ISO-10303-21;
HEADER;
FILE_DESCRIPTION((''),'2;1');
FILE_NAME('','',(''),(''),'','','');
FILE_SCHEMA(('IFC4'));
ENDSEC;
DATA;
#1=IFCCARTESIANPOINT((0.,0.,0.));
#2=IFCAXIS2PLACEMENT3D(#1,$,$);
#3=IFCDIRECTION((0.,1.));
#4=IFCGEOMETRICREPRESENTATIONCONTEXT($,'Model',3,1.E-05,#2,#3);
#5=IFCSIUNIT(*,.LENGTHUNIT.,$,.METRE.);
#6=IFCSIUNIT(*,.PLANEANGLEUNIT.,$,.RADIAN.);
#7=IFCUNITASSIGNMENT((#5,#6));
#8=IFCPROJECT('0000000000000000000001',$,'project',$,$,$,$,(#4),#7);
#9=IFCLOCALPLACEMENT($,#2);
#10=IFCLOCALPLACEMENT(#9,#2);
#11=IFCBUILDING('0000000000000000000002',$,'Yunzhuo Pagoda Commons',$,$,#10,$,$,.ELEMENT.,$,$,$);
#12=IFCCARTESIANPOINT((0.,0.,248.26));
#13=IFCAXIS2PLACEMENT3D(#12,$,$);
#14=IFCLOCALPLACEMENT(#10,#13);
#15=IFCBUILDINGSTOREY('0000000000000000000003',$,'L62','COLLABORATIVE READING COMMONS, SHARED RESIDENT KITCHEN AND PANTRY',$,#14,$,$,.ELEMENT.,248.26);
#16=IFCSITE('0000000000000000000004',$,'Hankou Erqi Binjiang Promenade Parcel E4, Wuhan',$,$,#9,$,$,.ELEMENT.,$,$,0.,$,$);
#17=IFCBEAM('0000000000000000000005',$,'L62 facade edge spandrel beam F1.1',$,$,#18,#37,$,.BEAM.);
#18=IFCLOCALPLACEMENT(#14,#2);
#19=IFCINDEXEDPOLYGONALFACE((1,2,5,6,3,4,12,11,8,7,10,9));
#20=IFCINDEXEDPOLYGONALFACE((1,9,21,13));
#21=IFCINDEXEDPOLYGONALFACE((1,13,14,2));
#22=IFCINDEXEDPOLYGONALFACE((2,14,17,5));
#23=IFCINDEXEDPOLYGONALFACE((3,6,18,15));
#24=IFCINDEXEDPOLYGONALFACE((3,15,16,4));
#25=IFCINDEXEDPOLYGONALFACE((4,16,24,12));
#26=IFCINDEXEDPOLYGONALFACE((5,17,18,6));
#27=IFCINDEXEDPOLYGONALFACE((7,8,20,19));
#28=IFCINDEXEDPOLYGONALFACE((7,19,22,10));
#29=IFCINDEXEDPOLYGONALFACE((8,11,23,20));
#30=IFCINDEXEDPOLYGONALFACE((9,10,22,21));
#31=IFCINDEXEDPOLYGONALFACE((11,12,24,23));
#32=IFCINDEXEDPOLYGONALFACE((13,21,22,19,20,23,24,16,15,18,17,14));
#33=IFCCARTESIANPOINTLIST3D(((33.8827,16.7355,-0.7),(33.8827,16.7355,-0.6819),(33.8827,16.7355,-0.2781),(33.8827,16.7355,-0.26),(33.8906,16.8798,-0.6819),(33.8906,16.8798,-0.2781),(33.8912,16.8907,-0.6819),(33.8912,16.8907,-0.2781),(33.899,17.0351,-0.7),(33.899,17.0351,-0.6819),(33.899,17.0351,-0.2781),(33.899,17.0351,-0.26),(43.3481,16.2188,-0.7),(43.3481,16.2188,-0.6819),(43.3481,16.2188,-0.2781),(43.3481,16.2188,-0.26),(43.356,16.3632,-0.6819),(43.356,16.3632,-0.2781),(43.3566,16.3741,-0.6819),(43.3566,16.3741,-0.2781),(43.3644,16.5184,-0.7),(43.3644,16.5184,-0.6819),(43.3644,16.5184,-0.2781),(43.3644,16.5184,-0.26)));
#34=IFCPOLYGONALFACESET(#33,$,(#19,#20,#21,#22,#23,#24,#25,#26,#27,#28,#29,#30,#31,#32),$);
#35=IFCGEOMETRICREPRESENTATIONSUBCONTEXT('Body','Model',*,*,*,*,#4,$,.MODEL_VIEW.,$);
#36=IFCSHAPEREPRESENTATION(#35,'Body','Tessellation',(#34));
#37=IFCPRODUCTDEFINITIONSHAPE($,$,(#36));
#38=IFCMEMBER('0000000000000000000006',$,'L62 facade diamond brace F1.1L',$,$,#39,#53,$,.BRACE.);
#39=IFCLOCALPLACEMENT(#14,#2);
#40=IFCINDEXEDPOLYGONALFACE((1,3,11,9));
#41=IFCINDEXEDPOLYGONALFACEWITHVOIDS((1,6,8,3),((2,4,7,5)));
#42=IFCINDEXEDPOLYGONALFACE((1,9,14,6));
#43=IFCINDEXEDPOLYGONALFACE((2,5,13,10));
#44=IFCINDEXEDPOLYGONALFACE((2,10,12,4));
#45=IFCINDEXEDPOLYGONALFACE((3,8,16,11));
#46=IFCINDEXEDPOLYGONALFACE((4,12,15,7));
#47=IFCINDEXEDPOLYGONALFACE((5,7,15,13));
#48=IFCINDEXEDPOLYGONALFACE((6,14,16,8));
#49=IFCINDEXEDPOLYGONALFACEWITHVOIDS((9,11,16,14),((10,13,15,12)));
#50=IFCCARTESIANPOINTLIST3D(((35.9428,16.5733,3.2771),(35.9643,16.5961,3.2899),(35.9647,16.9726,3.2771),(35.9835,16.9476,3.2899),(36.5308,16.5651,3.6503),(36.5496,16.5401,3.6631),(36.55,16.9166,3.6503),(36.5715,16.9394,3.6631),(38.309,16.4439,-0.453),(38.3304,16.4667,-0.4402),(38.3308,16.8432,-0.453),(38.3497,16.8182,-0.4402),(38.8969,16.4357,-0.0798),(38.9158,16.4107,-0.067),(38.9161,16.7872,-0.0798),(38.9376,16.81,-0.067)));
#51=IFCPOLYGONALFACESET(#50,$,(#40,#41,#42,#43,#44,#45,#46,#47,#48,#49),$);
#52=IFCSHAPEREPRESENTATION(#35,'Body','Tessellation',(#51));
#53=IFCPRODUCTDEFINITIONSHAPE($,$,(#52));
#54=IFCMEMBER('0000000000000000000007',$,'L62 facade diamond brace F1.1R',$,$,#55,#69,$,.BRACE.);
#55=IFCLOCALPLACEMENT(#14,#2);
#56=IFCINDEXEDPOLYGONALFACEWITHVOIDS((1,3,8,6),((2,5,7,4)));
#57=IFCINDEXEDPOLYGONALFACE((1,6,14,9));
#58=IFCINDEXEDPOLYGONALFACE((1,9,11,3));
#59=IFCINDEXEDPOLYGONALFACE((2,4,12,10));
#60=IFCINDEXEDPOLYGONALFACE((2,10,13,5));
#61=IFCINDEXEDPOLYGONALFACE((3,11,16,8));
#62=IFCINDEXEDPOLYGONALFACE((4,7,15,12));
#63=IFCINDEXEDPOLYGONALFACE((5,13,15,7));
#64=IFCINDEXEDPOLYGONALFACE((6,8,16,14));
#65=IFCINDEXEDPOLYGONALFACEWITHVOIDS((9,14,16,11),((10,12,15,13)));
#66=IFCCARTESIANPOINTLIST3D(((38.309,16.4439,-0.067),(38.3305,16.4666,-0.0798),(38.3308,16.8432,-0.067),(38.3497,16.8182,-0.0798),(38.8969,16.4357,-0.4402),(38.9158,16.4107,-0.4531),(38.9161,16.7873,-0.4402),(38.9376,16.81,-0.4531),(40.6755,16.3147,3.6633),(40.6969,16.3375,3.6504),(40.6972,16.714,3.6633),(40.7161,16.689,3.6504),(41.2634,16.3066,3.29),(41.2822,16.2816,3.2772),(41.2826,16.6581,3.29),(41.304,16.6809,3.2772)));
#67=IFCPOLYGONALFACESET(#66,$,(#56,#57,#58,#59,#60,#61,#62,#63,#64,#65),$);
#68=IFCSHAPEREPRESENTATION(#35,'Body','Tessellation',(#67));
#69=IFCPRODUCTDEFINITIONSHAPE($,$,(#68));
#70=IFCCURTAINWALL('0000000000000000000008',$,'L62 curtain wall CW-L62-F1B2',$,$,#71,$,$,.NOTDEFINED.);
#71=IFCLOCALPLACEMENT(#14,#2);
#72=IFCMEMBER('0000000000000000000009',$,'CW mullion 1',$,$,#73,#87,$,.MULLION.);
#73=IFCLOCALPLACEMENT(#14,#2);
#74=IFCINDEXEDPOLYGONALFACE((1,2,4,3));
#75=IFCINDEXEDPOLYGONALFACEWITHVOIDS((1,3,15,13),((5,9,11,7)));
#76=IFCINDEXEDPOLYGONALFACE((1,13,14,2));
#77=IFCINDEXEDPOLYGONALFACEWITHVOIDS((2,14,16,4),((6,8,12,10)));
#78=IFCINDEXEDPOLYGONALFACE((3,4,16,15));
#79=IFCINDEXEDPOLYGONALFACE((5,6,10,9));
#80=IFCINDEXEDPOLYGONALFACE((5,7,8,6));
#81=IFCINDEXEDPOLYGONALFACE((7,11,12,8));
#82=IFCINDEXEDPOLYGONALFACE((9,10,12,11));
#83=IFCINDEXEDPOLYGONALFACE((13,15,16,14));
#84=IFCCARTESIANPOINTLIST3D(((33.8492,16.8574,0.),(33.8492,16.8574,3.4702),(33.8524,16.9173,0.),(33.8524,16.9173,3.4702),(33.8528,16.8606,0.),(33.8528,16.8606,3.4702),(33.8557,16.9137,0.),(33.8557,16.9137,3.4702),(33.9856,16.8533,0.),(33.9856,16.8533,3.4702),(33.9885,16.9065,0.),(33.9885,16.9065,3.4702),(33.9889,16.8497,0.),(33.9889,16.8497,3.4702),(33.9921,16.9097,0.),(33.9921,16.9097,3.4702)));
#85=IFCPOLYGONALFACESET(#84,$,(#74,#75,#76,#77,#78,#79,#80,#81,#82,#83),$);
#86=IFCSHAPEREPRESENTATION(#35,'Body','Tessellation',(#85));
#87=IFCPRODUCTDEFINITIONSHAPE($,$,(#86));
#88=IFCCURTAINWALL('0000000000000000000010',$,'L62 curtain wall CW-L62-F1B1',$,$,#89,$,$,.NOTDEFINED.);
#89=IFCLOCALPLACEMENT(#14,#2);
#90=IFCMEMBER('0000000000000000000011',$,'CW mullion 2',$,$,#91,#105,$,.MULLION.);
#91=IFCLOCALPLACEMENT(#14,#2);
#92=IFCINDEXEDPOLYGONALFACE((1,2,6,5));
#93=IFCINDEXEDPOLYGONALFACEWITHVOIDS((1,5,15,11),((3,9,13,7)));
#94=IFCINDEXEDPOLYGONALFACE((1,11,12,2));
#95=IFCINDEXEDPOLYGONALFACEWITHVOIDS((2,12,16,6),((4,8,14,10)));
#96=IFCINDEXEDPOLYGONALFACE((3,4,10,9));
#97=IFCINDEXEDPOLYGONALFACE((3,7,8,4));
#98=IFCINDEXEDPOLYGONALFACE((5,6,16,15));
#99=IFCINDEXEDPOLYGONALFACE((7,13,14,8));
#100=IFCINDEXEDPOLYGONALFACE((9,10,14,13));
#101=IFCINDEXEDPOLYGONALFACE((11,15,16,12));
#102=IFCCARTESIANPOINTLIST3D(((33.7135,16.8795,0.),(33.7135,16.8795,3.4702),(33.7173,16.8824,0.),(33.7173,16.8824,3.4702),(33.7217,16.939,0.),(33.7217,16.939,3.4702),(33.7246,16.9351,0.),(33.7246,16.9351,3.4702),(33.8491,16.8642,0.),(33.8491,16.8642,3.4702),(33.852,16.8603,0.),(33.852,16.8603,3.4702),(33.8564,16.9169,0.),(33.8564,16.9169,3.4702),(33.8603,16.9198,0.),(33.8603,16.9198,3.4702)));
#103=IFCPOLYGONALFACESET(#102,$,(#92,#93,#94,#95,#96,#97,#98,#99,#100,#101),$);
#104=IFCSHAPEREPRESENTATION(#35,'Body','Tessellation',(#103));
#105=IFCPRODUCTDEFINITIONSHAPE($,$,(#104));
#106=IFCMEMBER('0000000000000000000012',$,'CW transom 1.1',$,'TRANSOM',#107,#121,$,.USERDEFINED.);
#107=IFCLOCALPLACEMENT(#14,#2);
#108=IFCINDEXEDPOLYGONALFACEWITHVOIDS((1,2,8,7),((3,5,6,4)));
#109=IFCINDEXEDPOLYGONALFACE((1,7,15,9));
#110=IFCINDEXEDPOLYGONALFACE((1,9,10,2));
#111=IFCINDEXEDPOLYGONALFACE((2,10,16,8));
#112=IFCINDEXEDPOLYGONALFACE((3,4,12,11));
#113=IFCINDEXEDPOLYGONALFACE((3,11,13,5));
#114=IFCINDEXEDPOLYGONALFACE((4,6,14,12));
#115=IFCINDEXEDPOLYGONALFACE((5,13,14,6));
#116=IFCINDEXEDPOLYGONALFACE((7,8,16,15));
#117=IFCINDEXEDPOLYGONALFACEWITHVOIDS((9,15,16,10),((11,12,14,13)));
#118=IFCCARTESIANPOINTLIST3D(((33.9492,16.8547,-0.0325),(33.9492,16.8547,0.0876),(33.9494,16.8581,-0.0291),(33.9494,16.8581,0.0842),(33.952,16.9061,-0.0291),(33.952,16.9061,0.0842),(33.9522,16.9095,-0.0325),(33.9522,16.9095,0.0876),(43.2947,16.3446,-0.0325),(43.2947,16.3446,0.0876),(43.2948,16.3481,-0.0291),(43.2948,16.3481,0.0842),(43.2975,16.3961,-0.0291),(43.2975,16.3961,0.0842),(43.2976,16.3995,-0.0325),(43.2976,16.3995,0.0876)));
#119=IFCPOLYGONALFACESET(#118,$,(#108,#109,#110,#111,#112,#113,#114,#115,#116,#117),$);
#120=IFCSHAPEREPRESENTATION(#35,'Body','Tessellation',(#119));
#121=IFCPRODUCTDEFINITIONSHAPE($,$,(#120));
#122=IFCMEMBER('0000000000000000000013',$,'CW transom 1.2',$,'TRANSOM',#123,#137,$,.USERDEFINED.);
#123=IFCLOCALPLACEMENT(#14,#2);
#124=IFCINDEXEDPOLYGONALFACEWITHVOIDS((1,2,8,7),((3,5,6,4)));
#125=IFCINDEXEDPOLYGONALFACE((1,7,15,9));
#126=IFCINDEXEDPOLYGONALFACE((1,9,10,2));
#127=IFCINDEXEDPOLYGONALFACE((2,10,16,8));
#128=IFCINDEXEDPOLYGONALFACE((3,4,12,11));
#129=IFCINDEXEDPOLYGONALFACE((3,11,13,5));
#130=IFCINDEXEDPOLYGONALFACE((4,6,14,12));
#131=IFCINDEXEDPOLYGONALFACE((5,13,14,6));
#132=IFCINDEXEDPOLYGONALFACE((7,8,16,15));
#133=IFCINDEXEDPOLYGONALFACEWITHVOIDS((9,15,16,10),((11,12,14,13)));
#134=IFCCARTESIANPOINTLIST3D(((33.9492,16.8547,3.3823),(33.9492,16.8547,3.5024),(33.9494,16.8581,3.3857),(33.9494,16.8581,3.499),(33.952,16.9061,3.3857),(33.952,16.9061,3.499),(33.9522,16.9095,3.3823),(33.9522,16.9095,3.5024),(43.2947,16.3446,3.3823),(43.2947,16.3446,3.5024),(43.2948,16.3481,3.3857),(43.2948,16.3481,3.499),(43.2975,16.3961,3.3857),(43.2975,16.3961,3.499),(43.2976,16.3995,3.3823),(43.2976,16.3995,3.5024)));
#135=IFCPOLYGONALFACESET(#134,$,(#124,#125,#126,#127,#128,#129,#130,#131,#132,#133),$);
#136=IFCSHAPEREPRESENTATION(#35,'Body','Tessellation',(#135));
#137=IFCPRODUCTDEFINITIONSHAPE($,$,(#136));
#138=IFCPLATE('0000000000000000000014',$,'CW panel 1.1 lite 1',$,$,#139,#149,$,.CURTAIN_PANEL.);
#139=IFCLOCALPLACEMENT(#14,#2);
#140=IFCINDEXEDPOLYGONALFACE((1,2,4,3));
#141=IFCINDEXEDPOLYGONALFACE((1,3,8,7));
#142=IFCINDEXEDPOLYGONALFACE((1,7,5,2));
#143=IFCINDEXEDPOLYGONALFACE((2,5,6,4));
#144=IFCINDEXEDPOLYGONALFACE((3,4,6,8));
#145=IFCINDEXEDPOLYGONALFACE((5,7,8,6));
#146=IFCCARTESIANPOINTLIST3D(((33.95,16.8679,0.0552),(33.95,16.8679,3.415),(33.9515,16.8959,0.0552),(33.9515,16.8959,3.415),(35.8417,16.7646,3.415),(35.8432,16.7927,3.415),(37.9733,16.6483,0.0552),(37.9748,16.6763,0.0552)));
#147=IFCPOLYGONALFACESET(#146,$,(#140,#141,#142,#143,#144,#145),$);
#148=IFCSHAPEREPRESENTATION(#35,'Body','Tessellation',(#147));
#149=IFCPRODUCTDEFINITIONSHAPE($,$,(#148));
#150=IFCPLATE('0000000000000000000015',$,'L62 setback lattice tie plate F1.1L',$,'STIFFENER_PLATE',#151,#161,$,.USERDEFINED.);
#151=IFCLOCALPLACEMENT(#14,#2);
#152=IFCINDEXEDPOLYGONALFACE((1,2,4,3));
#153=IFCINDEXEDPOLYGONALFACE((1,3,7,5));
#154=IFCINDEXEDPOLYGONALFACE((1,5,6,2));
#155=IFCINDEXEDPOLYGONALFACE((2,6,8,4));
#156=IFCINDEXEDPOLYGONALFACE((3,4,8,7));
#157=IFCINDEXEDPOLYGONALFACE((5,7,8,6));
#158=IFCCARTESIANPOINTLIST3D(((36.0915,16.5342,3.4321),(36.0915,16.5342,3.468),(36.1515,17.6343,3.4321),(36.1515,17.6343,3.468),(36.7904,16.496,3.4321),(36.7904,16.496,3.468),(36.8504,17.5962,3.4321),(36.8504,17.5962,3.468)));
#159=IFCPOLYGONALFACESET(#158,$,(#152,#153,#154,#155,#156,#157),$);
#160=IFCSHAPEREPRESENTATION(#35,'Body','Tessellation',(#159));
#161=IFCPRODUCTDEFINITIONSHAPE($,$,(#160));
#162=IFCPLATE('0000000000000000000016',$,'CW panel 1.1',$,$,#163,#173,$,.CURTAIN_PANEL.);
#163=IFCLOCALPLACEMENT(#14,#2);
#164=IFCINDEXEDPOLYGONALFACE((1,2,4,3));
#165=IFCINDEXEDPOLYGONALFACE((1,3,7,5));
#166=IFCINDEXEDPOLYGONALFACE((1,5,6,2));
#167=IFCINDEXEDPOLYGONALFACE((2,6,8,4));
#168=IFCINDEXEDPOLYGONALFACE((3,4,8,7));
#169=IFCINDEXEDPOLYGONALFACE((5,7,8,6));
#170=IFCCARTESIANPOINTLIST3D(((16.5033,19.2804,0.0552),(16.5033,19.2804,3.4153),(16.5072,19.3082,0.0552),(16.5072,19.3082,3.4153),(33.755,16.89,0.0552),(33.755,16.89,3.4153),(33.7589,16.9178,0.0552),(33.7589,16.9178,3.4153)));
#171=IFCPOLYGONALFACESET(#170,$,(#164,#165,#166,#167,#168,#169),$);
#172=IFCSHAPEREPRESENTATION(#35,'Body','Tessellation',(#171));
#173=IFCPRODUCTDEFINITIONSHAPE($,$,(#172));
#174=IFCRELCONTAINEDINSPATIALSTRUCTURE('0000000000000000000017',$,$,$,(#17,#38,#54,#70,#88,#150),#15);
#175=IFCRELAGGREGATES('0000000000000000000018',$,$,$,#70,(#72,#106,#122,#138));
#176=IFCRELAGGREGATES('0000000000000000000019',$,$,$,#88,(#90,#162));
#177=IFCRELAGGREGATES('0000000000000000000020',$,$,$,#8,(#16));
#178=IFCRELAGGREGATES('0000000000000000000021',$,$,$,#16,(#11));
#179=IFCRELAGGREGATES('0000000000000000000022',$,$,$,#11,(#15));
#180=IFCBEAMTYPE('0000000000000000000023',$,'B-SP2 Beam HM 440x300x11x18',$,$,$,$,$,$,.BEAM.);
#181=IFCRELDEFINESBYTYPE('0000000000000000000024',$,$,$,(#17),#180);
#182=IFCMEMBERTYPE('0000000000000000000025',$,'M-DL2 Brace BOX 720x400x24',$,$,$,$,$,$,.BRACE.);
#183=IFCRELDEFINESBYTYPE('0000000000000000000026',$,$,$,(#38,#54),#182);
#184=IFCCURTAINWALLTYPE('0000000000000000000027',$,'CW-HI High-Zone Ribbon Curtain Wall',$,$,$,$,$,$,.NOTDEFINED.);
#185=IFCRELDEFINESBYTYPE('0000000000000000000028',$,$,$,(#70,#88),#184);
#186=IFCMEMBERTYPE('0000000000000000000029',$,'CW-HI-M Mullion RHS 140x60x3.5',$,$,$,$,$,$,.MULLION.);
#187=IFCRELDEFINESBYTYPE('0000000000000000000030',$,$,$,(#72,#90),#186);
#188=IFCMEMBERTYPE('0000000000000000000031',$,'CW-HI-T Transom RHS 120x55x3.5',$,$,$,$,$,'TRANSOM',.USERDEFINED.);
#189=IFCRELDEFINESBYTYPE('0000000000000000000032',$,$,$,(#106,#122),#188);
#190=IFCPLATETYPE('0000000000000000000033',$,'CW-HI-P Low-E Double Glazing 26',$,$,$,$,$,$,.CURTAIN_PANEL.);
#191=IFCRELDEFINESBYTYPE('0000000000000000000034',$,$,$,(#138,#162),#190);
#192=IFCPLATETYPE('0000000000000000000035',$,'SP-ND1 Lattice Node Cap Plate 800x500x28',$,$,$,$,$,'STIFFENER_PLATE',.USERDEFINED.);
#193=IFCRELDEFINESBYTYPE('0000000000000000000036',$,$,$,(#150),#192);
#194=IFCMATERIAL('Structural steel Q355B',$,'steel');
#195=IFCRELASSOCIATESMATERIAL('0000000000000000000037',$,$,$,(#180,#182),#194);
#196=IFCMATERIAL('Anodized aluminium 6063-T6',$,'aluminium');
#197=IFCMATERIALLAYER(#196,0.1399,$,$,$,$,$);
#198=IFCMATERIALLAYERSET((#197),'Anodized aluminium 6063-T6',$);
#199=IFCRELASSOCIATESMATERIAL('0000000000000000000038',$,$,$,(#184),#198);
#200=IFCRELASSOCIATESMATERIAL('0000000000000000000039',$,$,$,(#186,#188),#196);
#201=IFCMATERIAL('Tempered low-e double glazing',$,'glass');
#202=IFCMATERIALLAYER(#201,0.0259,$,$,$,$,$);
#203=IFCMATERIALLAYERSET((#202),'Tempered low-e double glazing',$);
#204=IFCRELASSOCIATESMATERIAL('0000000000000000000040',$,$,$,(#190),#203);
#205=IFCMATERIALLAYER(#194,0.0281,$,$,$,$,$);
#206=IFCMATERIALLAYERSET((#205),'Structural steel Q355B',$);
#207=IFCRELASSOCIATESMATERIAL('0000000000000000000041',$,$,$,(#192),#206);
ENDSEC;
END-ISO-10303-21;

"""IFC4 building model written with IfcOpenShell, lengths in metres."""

from ifc_helpers import new_model, si_unit, direction, frame, origin, origin_2d, place, context, subcontext, project, spatial, polyline, rectangle, hollow_rectangle, i_section, outline, extrude, source, transform, mapped, material, layer, layer_set, material_profile, profile_set, type_object, element, aggregate, save


model = new_model("IFC4")

# Units and contexts
model_context = context("Model", 3, precision=1e-05, world=origin(), true_north=direction((0.0, 1.0)))
body_context = subcontext(model_context, "Body", "Model", "MODEL_VIEW")
ifc_project = project(units=[si_unit("LENGTHUNIT", "METRE"), si_unit("PLANEANGLEUNIT", "RADIAN")], contexts=[model_context])

# Site, building, storey
site_placement = place(None, origin())
site = spatial("IfcSite", under=ifc_project, at=site_placement, Name="Hankou Erqi Binjiang Promenade Parcel E4, Wuhan", CompositionType="ELEMENT", RefElevation=0.0)
building_placement = place(site_placement, origin())
building = spatial("IfcBuilding", under=site, at=building_placement, Name="Yunzhuo Pagoda Commons", CompositionType="ELEMENT")
storey_placement = place(building_placement, frame((0.0, 0.0, 248.26)))
storey = spatial("IfcBuildingStorey", under=building, at=storey_placement, Name="L62", Description="COLLABORATIVE READING COMMONS, SHARED RESIDENT KITCHEN AND PANTRY", CompositionType="ELEMENT", Elevation=248.26)

# Shared definitions
ifc_material_1 = material(Name="Structural steel Q355B", Category="steel")

# Beam
ifc_material_profile_1 = material_profile(ifc_material_1, i_section(OverallWidth=0.3, OverallDepth=0.4399, WebThickness=0.011, FlangeThickness=0.0181, at=origin_2d()), Name="Structural steel Q355B")
ifc_profile_set_1 = profile_set([ifc_material_profile_1], Name="Structural steel Q355B")
beam_type_1 = type_object("IfcBeamType", Name="B-SP2 Beam HM 440x300x11x18", PredefinedType="BEAM", material=ifc_profile_set_1)
shared_shape_1 = source(origin(), body_context, "Body", "SweptSolid", [
    extrude(i_section(OverallWidth=0.3, OverallDepth=0.4399, WebThickness=0.011, FlangeThickness=0.0181, at=origin_2d()), origin(), (0.0, 0.0, 1.0), 9.4795),
])
beam_1_placement = place(storey_placement, frame((33.8909, 16.8853, -0.48), z_axis=(0.998514, -0.054497, 0.0), x_axis=(0.054497, 0.998514, 0.0)))
element("IfcBeam", 1, at=beam_1_placement, inside=storey, type_object=beam_type_1, Name="L62 facade edge spandrel beam F1.1", PredefinedType="BEAM", context=body_context, shape_type="MappedRepresentation", body=[
    mapped(shared_shape_1, transform((0.0, 0.0, 0.0), scale=1.0)),
])

# Members
ifc_material_profile_2 = material_profile(ifc_material_1, hollow_rectangle(XDim=0.3999, YDim=0.72, WallThickness=0.0239, at=origin_2d()), Name="Structural steel Q355B")
ifc_profile_set_2 = profile_set([ifc_material_profile_2], Name="Structural steel Q355B")
member_type_1 = type_object("IfcMemberType", Name="M-DL2 Brace BOX 720x400x24", PredefinedType="BRACE", material=ifc_profile_set_2)
shared_shape_2 = source(origin(), body_context, "Body", "SweptSolid", [
    extrude(hollow_rectangle(XDim=0.3999, YDim=0.72, WallThickness=0.0239, at=origin_2d()), origin(), (0.0, 0.0, 1.0), 4.4192),
])
member_1_placement = place(storey_placement, frame((38.6233, 16.627, -0.26), z_axis=(-0.535426, 0.029279, 0.844075), x_axis=(-0.054603, -0.998508, 0.0)))
element("IfcMember", 2, at=member_1_placement, inside=storey, type_object=member_type_1, Name="L62 facade diamond brace F1.1L", PredefinedType="BRACE", context=body_context, shape_type="MappedRepresentation", body=[
    mapped(shared_shape_2, transform((0.0, 0.0, 0.0), scale=1.0)),
])
shared_shape_3 = source(origin(), body_context, "Body", "SweptSolid", [
    extrude(hollow_rectangle(XDim=0.3999, YDim=0.72, WallThickness=0.0239, at=origin_2d()), origin(), (0.0, 0.0, 1.0), 4.4194),
])
member_2_placement = place(storey_placement, frame((38.6233, 16.627, -0.26), z_axis=(0.535466, -0.029223, 0.844051), x_axis=(0.054494, 0.998514, 0.0)))
element("IfcMember", 3, at=member_2_placement, inside=storey, type_object=member_type_1, Name="L62 facade diamond brace F1.1R", PredefinedType="BRACE", context=body_context, shape_type="MappedRepresentation", body=[
    mapped(shared_shape_3, transform((0.0, 0.0, 0.0), scale=1.0)),
])

# Curtain walls, members
ifc_material_2 = material(Name="Anodized aluminium 6063-T6", Category="aluminium")
ifc_layer_1 = layer(ifc_material_2, 0.1399)
ifc_layer_set_1 = layer_set([ifc_layer_1], Name="Anodized aluminium 6063-T6")
curtain_wall_type = type_object("IfcCurtainWallType", Name="CW-HI High-Zone Ribbon Curtain Wall", PredefinedType="NOTDEFINED", material=ifc_layer_set_1)
curtain_wall_1_placement = place(storey_placement, origin())
curtain_wall_1 = element("IfcCurtainWall", 4, at=curtain_wall_1_placement, inside=storey, type_object=curtain_wall_type, Name="L62 curtain wall CW-L62-F1B2", PredefinedType="NOTDEFINED")
ifc_material_profile_3 = material_profile(ifc_material_2, hollow_rectangle(XDim=0.0601, YDim=0.1399, WallThickness=0.0034, at=origin_2d()), Name="Anodized aluminium 6063-T6")
ifc_profile_set_3 = profile_set([ifc_material_profile_3], Name="Anodized aluminium 6063-T6")
member_type_2 = type_object("IfcMemberType", Name="CW-HI-M Mullion RHS 140x60x3.5", PredefinedType="MULLION", material=ifc_profile_set_3)
shared_shape_4 = source(origin(), body_context, "Body", "SweptSolid", [
    extrude(hollow_rectangle(XDim=0.0601, YDim=0.1399, WallThickness=0.0034, at=origin_2d()), origin(), (0.0, 0.0, 1.0), 3.4702),
])
member_3_placement = place(storey_placement, frame((33.9207, 16.8835, 0.0), z_axis=(0.0, 0.0, 1.0), x_axis=(0.054497, 0.998514, 0.0)))
member_3 = element("IfcMember", 5, at=member_3_placement, type_object=member_type_2, Name="CW mullion 1", PredefinedType="MULLION", context=body_context, shape_type="MappedRepresentation", body=[
    mapped(shared_shape_4, transform((0.0, 0.0, 0.0), scale=1.0)),
])
curtain_wall_2_placement = place(storey_placement, origin())
curtain_wall_2 = element("IfcCurtainWall", 6, at=curtain_wall_2_placement, inside=storey, type_object=curtain_wall_type, Name="L62 curtain wall CW-L62-F1B1", PredefinedType="NOTDEFINED")
member_4_placement = place(storey_placement, frame((33.7869, 16.8997, 0.0), z_axis=(0.0, 0.0, 1.0), x_axis=(0.13725, 0.990536, 0.0)))
member_4 = element("IfcMember", 7, at=member_4_placement, type_object=member_type_2, Name="CW mullion 2", PredefinedType="MULLION", context=body_context, shape_type="MappedRepresentation", body=[
    mapped(shared_shape_4, transform((0.0, 0.0, 0.0), scale=1.0)),
])

# Members
ifc_material_profile_4 = material_profile(ifc_material_2, hollow_rectangle(XDim=0.0549, YDim=0.1201, WallThickness=0.0034, at=origin_2d()), Name="Anodized aluminium 6063-T6")
ifc_profile_set_4 = profile_set([ifc_material_profile_4], Name="Anodized aluminium 6063-T6")
member_type_3 = type_object("IfcMemberType", Name="CW-HI-T Transom RHS 120x55x3.5", ElementType="TRANSOM", PredefinedType="USERDEFINED", material=ifc_profile_set_4)
shared_shape_5 = source(origin(), body_context, "Body", "SweptSolid", [
    extrude(hollow_rectangle(XDim=0.0549, YDim=0.1201, WallThickness=0.0034, at=origin_2d()), origin(), (0.0, 0.0, 1.0), 9.3594),
])
member_5_placement = place(storey_placement, frame((33.9507, 16.8821, 0.0276), z_axis=(0.998514, -0.054492, 0.0), x_axis=(0.054492, 0.998514, 0.0)))
member_5 = element("IfcMember", 8, at=member_5_placement, type_object=member_type_3, Name="CW transom 1.1", ObjectType="TRANSOM", PredefinedType="USERDEFINED", context=body_context, shape_type="MappedRepresentation", body=[
    mapped(shared_shape_5, transform((0.0, 0.0, 0.0), scale=1.0)),
])
member_6_placement = place(storey_placement, frame((33.9507, 16.8821, 3.4424), z_axis=(0.998514, -0.054492, 0.0), x_axis=(0.054492, 0.998514, 0.0)))
member_6 = element("IfcMember", 9, at=member_6_placement, type_object=member_type_3, Name="CW transom 1.2", ObjectType="TRANSOM", PredefinedType="USERDEFINED", context=body_context, shape_type="MappedRepresentation", body=[
    mapped(shared_shape_5, transform((0.0, 0.0, 0.0), scale=1.0)),
])

# Plates
ifc_material_3 = material(Name="Tempered low-e double glazing", Category="glass")
ifc_layer_2 = layer(ifc_material_3, 0.0259)
ifc_layer_set_2 = layer_set([ifc_layer_2], Name="Tempered low-e double glazing")
plate_type_1 = type_object("IfcPlateType", Name="CW-HI-P Low-E Double Glazing 26", PredefinedType="CURTAIN_PANEL", material=ifc_layer_set_2)
plate_1_placement = place(storey_placement, frame((35.9631, 16.7861, 1.7351), z_axis=(-0.054497, -0.998514, 0.0), x_axis=(0.998514, -0.054497, 0.0)))
plate_1 = element("IfcPlate", 10, at=plate_1_placement, type_object=plate_type_1, Name="CW panel 1.1 lite 1", PredefinedType="CURTAIN_PANEL", context=body_context, shape_type="SweptSolid", body=[
    extrude(outline(polyline([(-2.0146, -1.6799), (2.0146, -1.6799), (-0.1201, 1.6799), (-2.0146, 1.6799), (-2.0146, -1.6799)])), origin(), (0.0, 0.0, 1.0), 0.0281),
])
aggregate(curtain_wall_1, [member_3, member_5, member_6, plate_1])
ifc_layer_3 = layer(ifc_material_1, 0.0281)
ifc_layer_set_3 = layer_set([ifc_layer_3], Name="Structural steel Q355B")
plate_type_2 = type_object("IfcPlateType", Name="SP-ND1 Lattice Node Cap Plate 800x500x28", ElementType="STIFFENER_PLATE", PredefinedType="USERDEFINED", material=ifc_layer_set_3)
shared_shape_6 = source(origin(), body_context, "Body", "SweptSolid", [
    extrude(rectangle(XDim=0.7, YDim=1.1018, at=origin_2d()), origin(), (0.0, 0.0, 1.0), 0.0359),
])
plate_2_placement = place(storey_placement, frame((36.4709, 17.0652, 3.4321), z_axis=(0.0, 0.0, 1.0), x_axis=(0.998514, -0.054497, 0.0)))
element("IfcPlate", 11, at=plate_2_placement, inside=storey, type_object=plate_type_2, Name="L62 setback lattice tie plate F1.1L", ObjectType="STIFFENER_PLATE", PredefinedType="USERDEFINED", context=body_context, shape_type="MappedRepresentation", body=[
    mapped(shared_shape_6, transform((0.0, 0.0, 0.0), scale=1.0)),
])
shared_shape_7 = source(origin(), body_context, "Body", "SweptSolid", [
    extrude(rectangle(XDim=17.4165, YDim=0.0281, at=origin_2d()), origin(), (0.0, 0.0, 1.0), 3.3601),
])
plate_3_placement = place(storey_placement, frame((25.1311, 18.0991, 0.0552), z_axis=(0.0, 0.0, 1.0), x_axis=(0.990536, -0.13725, 0.0)))
plate_3 = element("IfcPlate", 12, at=plate_3_placement, type_object=plate_type_1, Name="CW panel 1.1", PredefinedType="CURTAIN_PANEL", context=body_context, shape_type="MappedRepresentation", body=[
    mapped(shared_shape_7, transform((0.0, 0.0, 0.0), scale=1.0)),
])
aggregate(curtain_wall_2, [member_4, plate_3])

save(model, "model.ifc")
